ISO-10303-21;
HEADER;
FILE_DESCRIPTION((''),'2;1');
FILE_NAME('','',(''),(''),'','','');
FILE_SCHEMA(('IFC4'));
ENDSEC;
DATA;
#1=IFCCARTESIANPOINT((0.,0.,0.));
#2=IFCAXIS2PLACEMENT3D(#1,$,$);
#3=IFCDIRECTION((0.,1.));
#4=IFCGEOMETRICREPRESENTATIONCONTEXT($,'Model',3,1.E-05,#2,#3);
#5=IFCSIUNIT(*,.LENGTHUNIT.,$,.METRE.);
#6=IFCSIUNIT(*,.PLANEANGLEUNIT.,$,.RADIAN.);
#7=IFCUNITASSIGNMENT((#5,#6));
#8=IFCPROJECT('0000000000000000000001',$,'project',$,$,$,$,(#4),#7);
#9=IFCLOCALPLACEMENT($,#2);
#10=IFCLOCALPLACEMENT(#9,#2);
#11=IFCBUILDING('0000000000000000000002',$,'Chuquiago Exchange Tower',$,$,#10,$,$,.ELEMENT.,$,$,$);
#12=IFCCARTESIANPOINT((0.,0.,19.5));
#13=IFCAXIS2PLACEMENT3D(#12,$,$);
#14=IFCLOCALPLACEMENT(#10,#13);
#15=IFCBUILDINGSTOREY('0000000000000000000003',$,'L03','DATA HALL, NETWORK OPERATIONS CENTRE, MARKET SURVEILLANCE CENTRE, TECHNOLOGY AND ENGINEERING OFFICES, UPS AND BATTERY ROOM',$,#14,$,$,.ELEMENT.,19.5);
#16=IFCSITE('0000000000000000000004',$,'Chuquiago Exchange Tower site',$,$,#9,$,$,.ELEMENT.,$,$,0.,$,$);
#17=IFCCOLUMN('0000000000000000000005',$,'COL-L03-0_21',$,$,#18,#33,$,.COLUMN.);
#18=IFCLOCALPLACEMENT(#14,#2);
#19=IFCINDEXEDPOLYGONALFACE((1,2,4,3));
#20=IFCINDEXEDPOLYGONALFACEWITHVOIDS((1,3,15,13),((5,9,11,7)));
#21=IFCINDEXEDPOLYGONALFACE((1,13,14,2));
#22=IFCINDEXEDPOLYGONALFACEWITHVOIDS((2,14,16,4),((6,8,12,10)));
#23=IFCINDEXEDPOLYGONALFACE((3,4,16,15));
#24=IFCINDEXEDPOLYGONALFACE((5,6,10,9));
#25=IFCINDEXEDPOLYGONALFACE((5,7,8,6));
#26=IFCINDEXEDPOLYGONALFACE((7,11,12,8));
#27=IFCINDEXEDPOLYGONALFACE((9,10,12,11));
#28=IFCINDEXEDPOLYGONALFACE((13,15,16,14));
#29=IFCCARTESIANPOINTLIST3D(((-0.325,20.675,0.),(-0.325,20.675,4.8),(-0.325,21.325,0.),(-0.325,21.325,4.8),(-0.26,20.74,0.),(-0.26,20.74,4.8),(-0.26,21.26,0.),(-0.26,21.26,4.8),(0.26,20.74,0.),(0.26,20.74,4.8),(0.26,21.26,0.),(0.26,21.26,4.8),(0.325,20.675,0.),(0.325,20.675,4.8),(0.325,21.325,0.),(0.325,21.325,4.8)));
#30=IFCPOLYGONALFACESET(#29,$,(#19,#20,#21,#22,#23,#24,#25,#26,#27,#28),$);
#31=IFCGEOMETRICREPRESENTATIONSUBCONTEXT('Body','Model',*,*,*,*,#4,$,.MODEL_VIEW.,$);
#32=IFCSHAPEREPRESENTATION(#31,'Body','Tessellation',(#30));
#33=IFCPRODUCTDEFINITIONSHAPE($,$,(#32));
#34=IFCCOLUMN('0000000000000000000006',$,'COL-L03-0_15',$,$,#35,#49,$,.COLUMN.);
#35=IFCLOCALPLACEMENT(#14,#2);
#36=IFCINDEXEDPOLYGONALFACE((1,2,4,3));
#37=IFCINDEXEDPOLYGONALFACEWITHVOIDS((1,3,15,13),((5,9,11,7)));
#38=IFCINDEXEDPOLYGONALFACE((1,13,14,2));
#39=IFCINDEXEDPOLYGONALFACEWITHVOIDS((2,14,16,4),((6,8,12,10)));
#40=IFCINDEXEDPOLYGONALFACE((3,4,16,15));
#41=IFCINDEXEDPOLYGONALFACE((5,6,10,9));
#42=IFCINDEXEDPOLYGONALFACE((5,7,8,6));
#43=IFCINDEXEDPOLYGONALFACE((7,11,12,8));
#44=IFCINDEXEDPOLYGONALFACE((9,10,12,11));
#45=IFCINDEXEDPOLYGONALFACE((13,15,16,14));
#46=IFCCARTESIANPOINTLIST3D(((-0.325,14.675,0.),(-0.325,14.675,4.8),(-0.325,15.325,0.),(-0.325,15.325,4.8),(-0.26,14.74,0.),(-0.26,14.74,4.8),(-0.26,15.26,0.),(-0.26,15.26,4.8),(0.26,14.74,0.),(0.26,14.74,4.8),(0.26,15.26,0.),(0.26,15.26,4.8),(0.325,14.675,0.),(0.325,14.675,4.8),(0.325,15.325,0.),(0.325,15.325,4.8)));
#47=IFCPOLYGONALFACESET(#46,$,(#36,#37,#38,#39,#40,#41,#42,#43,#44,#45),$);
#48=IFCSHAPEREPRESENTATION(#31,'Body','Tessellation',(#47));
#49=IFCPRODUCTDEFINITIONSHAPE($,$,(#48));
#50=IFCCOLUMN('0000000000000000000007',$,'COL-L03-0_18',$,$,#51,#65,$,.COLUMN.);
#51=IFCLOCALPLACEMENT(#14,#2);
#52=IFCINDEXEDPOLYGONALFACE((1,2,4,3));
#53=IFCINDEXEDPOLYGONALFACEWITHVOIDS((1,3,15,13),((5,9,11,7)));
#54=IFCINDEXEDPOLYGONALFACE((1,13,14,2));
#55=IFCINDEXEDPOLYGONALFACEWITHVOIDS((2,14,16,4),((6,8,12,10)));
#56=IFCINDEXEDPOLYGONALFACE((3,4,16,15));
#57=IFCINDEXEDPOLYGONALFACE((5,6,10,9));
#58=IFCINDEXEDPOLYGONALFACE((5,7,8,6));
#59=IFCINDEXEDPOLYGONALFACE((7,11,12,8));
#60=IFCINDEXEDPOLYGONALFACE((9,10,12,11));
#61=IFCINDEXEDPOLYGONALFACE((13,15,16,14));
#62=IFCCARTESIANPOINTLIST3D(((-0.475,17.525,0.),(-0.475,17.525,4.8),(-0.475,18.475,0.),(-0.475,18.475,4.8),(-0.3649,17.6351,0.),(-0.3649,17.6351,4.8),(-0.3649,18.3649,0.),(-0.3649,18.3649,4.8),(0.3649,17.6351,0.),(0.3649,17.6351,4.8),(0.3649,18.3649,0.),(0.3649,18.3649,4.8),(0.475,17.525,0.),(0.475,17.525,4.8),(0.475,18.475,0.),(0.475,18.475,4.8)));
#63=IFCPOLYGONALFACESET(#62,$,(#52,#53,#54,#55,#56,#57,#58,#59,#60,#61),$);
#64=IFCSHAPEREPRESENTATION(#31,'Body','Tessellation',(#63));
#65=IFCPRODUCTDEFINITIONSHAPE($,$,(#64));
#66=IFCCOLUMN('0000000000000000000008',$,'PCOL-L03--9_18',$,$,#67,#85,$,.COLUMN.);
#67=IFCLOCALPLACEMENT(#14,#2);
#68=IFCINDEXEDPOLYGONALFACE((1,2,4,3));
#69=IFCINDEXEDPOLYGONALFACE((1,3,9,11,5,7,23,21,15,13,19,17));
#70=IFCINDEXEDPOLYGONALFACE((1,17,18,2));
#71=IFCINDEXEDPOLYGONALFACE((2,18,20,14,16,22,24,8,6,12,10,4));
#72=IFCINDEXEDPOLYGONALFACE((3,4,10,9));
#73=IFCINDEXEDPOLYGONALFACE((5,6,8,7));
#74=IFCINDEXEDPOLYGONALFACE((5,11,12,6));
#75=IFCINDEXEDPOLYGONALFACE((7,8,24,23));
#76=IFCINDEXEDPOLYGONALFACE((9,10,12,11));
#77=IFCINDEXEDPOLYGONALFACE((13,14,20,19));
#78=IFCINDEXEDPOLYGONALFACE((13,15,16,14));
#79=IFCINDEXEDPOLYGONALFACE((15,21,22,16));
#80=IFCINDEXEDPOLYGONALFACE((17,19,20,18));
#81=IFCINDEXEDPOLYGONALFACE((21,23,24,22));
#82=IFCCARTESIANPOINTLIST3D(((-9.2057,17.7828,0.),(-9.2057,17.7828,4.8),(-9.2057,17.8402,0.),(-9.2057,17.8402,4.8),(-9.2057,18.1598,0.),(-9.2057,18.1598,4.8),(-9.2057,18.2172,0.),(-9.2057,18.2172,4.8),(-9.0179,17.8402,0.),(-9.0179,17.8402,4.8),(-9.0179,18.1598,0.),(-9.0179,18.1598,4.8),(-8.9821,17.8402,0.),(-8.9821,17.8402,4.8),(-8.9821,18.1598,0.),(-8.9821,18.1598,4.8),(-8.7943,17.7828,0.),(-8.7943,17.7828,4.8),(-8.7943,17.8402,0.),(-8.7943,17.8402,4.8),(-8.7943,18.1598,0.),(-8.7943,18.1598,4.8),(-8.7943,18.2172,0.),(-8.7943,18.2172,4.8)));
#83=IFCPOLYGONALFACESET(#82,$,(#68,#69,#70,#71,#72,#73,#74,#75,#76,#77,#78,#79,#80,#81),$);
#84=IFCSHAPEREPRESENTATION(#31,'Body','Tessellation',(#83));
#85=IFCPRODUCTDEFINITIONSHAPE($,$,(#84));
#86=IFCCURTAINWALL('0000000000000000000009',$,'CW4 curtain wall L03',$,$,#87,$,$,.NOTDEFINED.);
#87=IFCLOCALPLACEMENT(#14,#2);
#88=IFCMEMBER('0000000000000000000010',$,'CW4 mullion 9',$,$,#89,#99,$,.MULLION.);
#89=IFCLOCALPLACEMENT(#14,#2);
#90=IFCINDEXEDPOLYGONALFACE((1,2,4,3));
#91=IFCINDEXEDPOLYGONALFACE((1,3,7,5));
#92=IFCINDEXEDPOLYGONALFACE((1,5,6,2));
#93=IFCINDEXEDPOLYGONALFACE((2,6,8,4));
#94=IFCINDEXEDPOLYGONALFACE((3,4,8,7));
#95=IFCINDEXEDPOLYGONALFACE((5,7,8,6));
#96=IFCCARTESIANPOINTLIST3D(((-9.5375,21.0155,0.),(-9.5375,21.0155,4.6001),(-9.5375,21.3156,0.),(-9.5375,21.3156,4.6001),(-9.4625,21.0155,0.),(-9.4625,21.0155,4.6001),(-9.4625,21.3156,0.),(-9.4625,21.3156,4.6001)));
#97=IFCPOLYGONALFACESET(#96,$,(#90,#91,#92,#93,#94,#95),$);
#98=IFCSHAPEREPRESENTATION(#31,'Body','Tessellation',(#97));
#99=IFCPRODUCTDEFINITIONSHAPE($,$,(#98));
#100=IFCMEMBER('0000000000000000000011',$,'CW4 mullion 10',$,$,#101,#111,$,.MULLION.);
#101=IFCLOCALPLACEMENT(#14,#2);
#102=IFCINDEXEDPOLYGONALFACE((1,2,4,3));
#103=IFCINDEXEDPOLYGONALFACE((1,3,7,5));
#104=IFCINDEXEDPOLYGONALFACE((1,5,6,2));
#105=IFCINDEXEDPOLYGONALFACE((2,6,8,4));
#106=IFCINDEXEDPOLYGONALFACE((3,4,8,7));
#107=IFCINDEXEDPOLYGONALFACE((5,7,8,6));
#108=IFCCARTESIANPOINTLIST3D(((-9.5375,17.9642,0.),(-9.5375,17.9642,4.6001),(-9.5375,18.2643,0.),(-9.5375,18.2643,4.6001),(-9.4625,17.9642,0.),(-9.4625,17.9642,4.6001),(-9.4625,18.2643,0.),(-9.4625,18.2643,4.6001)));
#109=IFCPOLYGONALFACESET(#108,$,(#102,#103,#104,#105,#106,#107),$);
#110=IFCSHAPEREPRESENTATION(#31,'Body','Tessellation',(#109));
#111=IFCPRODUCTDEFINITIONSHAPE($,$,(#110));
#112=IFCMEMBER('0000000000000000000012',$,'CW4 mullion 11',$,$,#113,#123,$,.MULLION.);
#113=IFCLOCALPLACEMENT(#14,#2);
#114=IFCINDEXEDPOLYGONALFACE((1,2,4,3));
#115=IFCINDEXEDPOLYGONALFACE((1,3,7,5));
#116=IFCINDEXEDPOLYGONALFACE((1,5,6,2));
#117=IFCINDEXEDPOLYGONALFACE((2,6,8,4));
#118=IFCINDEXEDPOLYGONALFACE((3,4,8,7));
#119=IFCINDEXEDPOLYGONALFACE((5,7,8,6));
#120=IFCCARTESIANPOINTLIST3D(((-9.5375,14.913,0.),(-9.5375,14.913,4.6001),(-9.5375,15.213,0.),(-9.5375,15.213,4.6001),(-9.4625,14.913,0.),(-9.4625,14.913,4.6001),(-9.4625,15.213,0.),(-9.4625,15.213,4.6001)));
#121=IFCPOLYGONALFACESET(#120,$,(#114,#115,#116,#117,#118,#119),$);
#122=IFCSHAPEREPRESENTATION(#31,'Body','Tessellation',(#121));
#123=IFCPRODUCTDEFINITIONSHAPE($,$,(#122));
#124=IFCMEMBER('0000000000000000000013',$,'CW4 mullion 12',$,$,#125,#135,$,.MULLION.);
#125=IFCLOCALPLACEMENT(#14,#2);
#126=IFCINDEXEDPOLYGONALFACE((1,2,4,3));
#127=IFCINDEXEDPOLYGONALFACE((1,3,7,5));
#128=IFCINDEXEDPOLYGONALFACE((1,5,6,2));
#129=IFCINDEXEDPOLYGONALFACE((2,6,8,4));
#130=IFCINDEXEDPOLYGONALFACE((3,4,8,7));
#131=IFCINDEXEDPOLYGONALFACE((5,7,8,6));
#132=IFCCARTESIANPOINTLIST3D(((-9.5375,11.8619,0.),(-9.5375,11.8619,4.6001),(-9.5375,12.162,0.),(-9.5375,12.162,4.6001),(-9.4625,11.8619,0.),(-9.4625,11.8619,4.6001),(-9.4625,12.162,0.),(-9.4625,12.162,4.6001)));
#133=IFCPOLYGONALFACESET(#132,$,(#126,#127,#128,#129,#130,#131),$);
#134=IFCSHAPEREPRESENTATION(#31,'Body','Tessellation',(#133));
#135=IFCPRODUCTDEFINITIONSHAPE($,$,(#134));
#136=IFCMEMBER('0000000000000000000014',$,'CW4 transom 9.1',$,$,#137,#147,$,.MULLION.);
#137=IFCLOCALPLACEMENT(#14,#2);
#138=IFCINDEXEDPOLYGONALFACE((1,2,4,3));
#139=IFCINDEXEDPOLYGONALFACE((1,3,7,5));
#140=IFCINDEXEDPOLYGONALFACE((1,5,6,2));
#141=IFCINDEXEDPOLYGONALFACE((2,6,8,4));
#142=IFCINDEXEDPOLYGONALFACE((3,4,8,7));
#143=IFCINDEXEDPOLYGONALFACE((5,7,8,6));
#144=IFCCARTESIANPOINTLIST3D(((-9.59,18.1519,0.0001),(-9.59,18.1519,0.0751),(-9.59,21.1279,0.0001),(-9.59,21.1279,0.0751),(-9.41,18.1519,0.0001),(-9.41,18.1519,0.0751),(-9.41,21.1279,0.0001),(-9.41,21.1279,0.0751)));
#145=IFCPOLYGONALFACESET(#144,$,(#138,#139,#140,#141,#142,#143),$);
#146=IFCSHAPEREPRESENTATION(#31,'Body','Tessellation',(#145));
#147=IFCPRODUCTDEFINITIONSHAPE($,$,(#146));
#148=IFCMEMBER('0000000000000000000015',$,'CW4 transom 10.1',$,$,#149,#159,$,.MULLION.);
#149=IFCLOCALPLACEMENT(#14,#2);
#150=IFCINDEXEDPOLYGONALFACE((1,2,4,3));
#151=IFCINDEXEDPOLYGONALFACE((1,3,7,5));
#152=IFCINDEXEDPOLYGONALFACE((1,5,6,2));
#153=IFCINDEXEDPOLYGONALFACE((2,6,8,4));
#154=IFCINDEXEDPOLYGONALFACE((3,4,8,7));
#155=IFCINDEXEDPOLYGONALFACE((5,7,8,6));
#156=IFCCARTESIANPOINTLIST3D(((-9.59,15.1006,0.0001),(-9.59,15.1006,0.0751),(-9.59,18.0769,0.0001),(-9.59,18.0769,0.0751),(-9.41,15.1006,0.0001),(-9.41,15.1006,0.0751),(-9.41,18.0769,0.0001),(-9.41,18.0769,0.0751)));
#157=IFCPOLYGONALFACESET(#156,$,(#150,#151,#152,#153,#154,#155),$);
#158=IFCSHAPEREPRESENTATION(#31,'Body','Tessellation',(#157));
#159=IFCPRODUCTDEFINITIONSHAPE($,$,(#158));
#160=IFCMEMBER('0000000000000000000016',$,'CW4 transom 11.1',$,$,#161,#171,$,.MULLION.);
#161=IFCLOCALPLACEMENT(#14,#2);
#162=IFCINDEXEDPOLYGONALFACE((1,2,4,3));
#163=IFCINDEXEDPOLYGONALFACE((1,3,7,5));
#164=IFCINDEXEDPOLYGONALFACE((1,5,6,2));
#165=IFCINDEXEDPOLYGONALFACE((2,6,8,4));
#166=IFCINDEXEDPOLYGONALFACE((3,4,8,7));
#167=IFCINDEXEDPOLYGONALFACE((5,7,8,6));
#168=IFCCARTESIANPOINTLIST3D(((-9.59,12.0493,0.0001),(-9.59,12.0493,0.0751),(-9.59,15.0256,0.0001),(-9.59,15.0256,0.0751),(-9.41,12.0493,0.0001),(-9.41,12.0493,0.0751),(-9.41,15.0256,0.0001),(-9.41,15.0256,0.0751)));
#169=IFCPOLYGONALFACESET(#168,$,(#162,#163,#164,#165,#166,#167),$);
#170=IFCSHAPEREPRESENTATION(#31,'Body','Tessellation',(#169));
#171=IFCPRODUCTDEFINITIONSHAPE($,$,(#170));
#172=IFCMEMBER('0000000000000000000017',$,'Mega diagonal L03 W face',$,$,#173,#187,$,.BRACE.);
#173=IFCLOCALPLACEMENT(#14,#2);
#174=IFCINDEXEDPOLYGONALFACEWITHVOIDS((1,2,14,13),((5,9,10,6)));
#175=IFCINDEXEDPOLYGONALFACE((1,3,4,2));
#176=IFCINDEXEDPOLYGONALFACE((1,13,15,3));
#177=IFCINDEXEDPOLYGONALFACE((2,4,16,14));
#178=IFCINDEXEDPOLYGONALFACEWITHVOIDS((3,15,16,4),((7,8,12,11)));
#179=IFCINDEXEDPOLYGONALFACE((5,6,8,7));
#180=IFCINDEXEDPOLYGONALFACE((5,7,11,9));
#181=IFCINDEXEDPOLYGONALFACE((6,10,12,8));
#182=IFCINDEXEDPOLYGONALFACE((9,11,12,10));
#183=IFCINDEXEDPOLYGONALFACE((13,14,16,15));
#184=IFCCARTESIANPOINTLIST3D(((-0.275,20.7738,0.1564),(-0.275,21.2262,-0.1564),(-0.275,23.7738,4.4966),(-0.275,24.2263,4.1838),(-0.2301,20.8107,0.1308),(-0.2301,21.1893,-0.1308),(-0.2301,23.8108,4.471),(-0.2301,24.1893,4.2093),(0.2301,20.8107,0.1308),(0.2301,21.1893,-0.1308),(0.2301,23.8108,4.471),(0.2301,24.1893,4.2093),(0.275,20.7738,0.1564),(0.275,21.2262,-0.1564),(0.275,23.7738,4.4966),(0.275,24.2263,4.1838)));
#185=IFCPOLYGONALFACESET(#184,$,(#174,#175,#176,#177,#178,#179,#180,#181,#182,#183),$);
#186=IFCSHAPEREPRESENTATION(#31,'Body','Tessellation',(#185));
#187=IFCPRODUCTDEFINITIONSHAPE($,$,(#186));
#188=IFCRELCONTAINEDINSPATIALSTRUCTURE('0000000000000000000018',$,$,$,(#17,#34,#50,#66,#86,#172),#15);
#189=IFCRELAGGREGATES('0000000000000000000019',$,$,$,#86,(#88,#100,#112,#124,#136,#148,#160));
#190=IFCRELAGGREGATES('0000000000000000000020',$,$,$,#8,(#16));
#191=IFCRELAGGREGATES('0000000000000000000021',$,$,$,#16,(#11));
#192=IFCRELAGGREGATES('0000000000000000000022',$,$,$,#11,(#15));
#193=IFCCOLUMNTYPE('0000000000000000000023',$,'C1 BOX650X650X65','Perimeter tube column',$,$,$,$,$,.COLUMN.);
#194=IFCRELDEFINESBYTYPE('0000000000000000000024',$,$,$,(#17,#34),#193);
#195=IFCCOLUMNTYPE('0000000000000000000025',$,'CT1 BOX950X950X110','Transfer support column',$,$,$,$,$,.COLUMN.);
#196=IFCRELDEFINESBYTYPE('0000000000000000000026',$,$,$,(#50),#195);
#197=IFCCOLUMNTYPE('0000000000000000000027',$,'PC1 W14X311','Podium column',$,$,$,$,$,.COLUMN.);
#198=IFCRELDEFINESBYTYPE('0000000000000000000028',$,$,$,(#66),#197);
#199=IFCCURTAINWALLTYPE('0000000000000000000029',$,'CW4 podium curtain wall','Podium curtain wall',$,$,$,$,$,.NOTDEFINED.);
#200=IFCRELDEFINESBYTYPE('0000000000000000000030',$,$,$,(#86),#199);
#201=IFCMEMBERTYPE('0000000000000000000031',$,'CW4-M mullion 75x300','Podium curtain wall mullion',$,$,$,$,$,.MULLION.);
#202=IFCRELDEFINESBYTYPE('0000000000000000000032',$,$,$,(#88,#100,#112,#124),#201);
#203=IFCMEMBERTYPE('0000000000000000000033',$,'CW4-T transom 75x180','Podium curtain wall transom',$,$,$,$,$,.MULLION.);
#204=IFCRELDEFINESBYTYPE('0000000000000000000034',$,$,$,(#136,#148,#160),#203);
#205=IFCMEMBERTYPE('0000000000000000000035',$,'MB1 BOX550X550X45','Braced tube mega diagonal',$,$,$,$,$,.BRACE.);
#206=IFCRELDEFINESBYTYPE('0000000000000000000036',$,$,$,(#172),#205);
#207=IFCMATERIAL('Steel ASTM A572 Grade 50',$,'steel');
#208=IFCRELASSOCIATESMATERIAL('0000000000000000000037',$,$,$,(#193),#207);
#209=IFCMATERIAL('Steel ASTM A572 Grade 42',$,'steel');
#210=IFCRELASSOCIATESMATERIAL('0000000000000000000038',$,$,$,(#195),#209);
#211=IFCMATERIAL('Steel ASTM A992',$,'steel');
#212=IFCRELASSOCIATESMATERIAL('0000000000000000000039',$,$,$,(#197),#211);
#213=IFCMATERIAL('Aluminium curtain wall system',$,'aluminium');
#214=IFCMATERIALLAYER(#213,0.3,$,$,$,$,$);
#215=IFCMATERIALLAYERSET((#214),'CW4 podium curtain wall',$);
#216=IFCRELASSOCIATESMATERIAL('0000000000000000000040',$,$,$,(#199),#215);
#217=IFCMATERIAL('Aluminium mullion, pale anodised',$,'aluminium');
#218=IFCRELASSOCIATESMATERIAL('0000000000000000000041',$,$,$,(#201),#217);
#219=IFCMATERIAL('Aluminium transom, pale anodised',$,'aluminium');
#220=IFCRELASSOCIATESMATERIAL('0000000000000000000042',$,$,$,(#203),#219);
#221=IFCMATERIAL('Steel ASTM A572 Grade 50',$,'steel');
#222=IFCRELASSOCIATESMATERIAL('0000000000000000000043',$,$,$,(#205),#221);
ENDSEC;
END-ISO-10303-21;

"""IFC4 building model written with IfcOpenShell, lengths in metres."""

from ifc_helpers import new_model, si_unit, direction, frame, origin, origin_2d, place, context, subcontext, project, spatial, rectangle, hollow_rectangle, i_section, extrude, material, layer, layer_set, material_profile, profile_set, type_object, element, aggregate, save


model = new_model("IFC4")

# Units and contexts
model_context = context("Model", 3, precision=1e-05, world=origin(), true_north=direction((0.0, 1.0)))
body_context = subcontext(model_context, "Body", "Model", "MODEL_VIEW")
ifc_project = project(units=[si_unit("LENGTHUNIT", "METRE"), si_unit("PLANEANGLEUNIT", "RADIAN")], contexts=[model_context])

# Site, building, storey
site_placement = place(None, origin())
site = spatial("IfcSite", under=ifc_project, at=site_placement, Name="Chuquiago Exchange Tower site", CompositionType="ELEMENT", RefElevation=0.0)
building_placement = place(site_placement, origin())
building = spatial("IfcBuilding", under=site, at=building_placement, Name="Chuquiago Exchange Tower", CompositionType="ELEMENT")
storey_placement = place(building_placement, frame((0.0, 0.0, 19.5)))
storey = spatial("IfcBuildingStorey", under=building, at=storey_placement, Name="L03", Description="DATA HALL, NETWORK OPERATIONS CENTRE, MARKET SURVEILLANCE CENTRE, TECHNOLOGY AND ENGINEERING OFFICES, UPS AND BATTERY ROOM", CompositionType="ELEMENT", Elevation=19.5)

# Columns
ifc_material_1 = material(Name="Steel ASTM A572 Grade 50", Category="steel")
ifc_material_profile_1 = material_profile(ifc_material_1, hollow_rectangle(XDim=0.6499, YDim=0.6499, WallThickness=0.0649, at=origin_2d()), Name="BOX650X650X65")
ifc_profile_set_1 = profile_set([ifc_material_profile_1], Name="Steel ASTM A572 Grade 50")
column_type_1 = type_object("IfcColumnType", Name="C1 BOX650X650X65", Description="Perimeter tube column", PredefinedType="COLUMN", material=ifc_profile_set_1)
for number, where, z_axis, x_axis, name in (
    (1, (0.0, 21.0, 0.0), (0.0, 0.0, 1.0), (-1.0, 0.0, 0.0), "COL-L03-0_21"),
    (2, (0.0, 15.0, 0.0), (0.0, 0.0, 1.0), (-1.0, 0.0, 0.0), "COL-L03-0_15"),
):
    element("IfcColumn", number, at=place(storey_placement, frame(where, z_axis=z_axis, x_axis=x_axis)), inside=storey, type_object=column_type_1, Name=name, PredefinedType="COLUMN", context=body_context, shape_type="SweptSolid", body=[
        extrude(hollow_rectangle(XDim=0.6499, YDim=0.6499, WallThickness=0.0649, at=origin_2d()), origin(), (0.0, 0.0, 1.0), 4.8),
    ])
ifc_material_2 = material(Name="Steel ASTM A572 Grade 42", Category="steel")
ifc_material_profile_2 = material_profile(ifc_material_2, hollow_rectangle(XDim=0.95, YDim=0.95, WallThickness=0.1101, at=origin_2d()), Name="BOX950X950X110")
ifc_profile_set_2 = profile_set([ifc_material_profile_2], Name="Steel ASTM A572 Grade 42")
column_type_2 = type_object("IfcColumnType", Name="CT1 BOX950X950X110", Description="Transfer support column", PredefinedType="COLUMN", material=ifc_profile_set_2)
column_1_placement = place(storey_placement, frame((0.0, 18.0, 0.0), z_axis=(0.0, 0.0, 1.0), x_axis=(-1.0, 0.0, 0.0)))
element("IfcColumn", 3, at=column_1_placement, inside=storey, type_object=column_type_2, Name="COL-L03-0_18", PredefinedType="COLUMN", context=body_context, shape_type="SweptSolid", body=[
    extrude(hollow_rectangle(XDim=0.95, YDim=0.95, WallThickness=0.1101, at=origin_2d()), origin(), (0.0, 0.0, 1.0), 4.8),
])
ifc_material_3 = material(Name="Steel ASTM A992", Category="steel")
ifc_material_profile_3 = material_profile(ifc_material_3, i_section(OverallWidth=0.4114, OverallDepth=0.4343, WebThickness=0.0359, FlangeThickness=0.0574, at=origin_2d()), Name="W14X311")
ifc_profile_set_3 = profile_set([ifc_material_profile_3], Name="Steel ASTM A992")
column_type_3 = type_object("IfcColumnType", Name="PC1 W14X311", Description="Podium column", PredefinedType="COLUMN", material=ifc_profile_set_3)
column_2_placement = place(storey_placement, frame((-9.0, 18.0, 0.0), z_axis=(0.0, 0.0, 1.0), x_axis=(1.0, 0.0, 0.0)))
element("IfcColumn", 4, at=column_2_placement, inside=storey, type_object=column_type_3, Name="PCOL-L03--9_18", PredefinedType="COLUMN", context=body_context, shape_type="SweptSolid", body=[
    extrude(i_section(OverallWidth=0.4114, OverallDepth=0.4343, WebThickness=0.0359, FlangeThickness=0.0574, at=origin_2d()), origin(), (0.0, 0.0, 1.0), 4.8),
])

# Curtain wall, members
ifc_material_4 = material(Name="Aluminium curtain wall system", Category="aluminium")
ifc_layer_1 = layer(ifc_material_4, 0.3)
ifc_layer_set_1 = layer_set([ifc_layer_1], Name="CW4 podium curtain wall")
curtain_wall_type = type_object("IfcCurtainWallType", Name="CW4 podium curtain wall", Description="Podium curtain wall", PredefinedType="NOTDEFINED", material=ifc_layer_set_1)
curtain_wall_placement = place(storey_placement, origin())
curtain_wall = element("IfcCurtainWall", 5, at=curtain_wall_placement, inside=storey, type_object=curtain_wall_type, Name="CW4 curtain wall L03", PredefinedType="NOTDEFINED")
ifc_material_5 = material(Name="Aluminium mullion, pale anodised", Category="aluminium")
ifc_material_profile_4 = material_profile(ifc_material_5, rectangle(XDim=0.075, YDim=0.3, at=origin_2d()), Name="AL 75x300")
ifc_profile_set_4 = profile_set([ifc_material_profile_4], Name="Aluminium mullion, pale anodised")
member_type_1 = type_object("IfcMemberType", Name="CW4-M mullion 75x300", Description="Podium curtain wall mullion", PredefinedType="MULLION", material=ifc_profile_set_4)
member_1_placement = place(storey_placement, frame((-9.5, 21.1655, 0.0), z_axis=(0.0, 0.0, 1.0), x_axis=(1.0, 0.0, 0.0)))
member_1 = element("IfcMember", 6, at=member_1_placement, type_object=member_type_1, Name="CW4 mullion 9", PredefinedType="MULLION", context=body_context, shape_type="SweptSolid", body=[
    extrude(rectangle(XDim=0.075, YDim=0.3, at=origin_2d()), origin(), (0.0, 0.0, 1.0), 4.6001),
])
member_2_placement = place(storey_placement, frame((-9.5, 18.1143, 0.0), z_axis=(0.0, 0.0, 1.0), x_axis=(1.0, 0.0, 0.0)))
member_2 = element("IfcMember", 7, at=member_2_placement, type_object=member_type_1, Name="CW4 mullion 10", PredefinedType="MULLION", context=body_context, shape_type="SweptSolid", body=[
    extrude(rectangle(XDim=0.075, YDim=0.3, at=origin_2d()), origin(), (0.0, 0.0, 1.0), 4.6001),
])
member_3_placement = place(storey_placement, frame((-9.5, 15.063, 0.0), z_axis=(0.0, 0.0, 1.0), x_axis=(1.0, 0.0, 0.0)))
member_3 = element("IfcMember", 8, at=member_3_placement, type_object=member_type_1, Name="CW4 mullion 11", PredefinedType="MULLION", context=body_context, shape_type="SweptSolid", body=[
    extrude(rectangle(XDim=0.075, YDim=0.3, at=origin_2d()), origin(), (0.0, 0.0, 1.0), 4.6001),
])
member_4_placement = place(storey_placement, frame((-9.5, 12.012, 0.0), z_axis=(0.0, 0.0, 1.0), x_axis=(1.0, 0.0, 0.0)))
member_4 = element("IfcMember", 9, at=member_4_placement, type_object=member_type_1, Name="CW4 mullion 12", PredefinedType="MULLION", context=body_context, shape_type="SweptSolid", body=[
    extrude(rectangle(XDim=0.075, YDim=0.3, at=origin_2d()), origin(), (0.0, 0.0, 1.0), 4.6001),
])
ifc_material_6 = material(Name="Aluminium transom, pale anodised", Category="aluminium")
ifc_material_profile_5 = material_profile(ifc_material_6, rectangle(XDim=0.1799, YDim=0.075, at=origin_2d()), Name="AL 180x75")
ifc_profile_set_5 = profile_set([ifc_material_profile_5], Name="Aluminium transom, pale anodised")
member_type_2 = type_object("IfcMemberType", Name="CW4-T transom 75x180", Description="Podium curtain wall transom", PredefinedType="MULLION", material=ifc_profile_set_5)
member_5_placement = place(storey_placement, frame((-9.5, 21.1279, 0.0376), z_axis=(0.0, -1.0, 0.0), x_axis=(1.0, 0.0, 0.0)))
member_5 = element("IfcMember", 10, at=member_5_placement, type_object=member_type_2, Name="CW4 transom 9.1", PredefinedType="MULLION", context=body_context, shape_type="SweptSolid", body=[
    extrude(rectangle(XDim=0.1799, YDim=0.075, at=origin_2d()), origin(), (0.0, 0.0, 1.0), 2.9761),
])
member_6_placement = place(storey_placement, frame((-9.5, 18.0769, 0.0376), z_axis=(0.0, -1.0, 0.0), x_axis=(1.0, 0.0, 0.0)))
member_6 = element("IfcMember", 11, at=member_6_placement, type_object=member_type_2, Name="CW4 transom 10.1", PredefinedType="MULLION", context=body_context, shape_type="SweptSolid", body=[
    extrude(rectangle(XDim=0.1799, YDim=0.075, at=origin_2d()), origin(), (0.0, 0.0, 1.0), 2.9763),
])
member_7_placement = place(storey_placement, frame((-9.5, 15.0256, 0.0376), z_axis=(0.0, -1.0, 0.0), x_axis=(1.0, 0.0, 0.0)))
member_7 = element("IfcMember", 12, at=member_7_placement, type_object=member_type_2, Name="CW4 transom 11.1", PredefinedType="MULLION", context=body_context, shape_type="SweptSolid", body=[
    extrude(rectangle(XDim=0.1799, YDim=0.075, at=origin_2d()), origin(), (0.0, 0.0, 1.0), 2.9763),
])

# Member
ifc_material_7 = material(Name="Steel ASTM A572 Grade 50", Category="steel")
ifc_material_profile_6 = material_profile(ifc_material_7, hollow_rectangle(XDim=0.55, YDim=0.55, WallThickness=0.0449, at=origin_2d()), Name="BOX550X550X45")
ifc_profile_set_6 = profile_set([ifc_material_profile_6], Name="Steel ASTM A572 Grade 50")
member_type_3 = type_object("IfcMemberType", Name="MB1 BOX550X550X45", Description="Braced tube mega diagonal", PredefinedType="BRACE", material=ifc_profile_set_6)
member_8_placement = place(storey_placement, frame((0.0, 21.0, 0.0), z_axis=(0.0, 0.568611, 0.822607), x_axis=(-1.0, 0.0, 0.0)))
element("IfcMember", 13, at=member_8_placement, inside=storey, type_object=member_type_3, Name="Mega diagonal L03 W face", PredefinedType="BRACE", context=body_context, shape_type="SweptSolid", body=[
    extrude(hollow_rectangle(XDim=0.55, YDim=0.55, WallThickness=0.0449, at=origin_2d()), origin(), (0.0, 0.0, 1.0), 5.2761),
])

aggregate(curtain_wall, [member_1, member_2, member_3, member_4, member_5, member_6, member_7])

save(model, "model.ifc")
